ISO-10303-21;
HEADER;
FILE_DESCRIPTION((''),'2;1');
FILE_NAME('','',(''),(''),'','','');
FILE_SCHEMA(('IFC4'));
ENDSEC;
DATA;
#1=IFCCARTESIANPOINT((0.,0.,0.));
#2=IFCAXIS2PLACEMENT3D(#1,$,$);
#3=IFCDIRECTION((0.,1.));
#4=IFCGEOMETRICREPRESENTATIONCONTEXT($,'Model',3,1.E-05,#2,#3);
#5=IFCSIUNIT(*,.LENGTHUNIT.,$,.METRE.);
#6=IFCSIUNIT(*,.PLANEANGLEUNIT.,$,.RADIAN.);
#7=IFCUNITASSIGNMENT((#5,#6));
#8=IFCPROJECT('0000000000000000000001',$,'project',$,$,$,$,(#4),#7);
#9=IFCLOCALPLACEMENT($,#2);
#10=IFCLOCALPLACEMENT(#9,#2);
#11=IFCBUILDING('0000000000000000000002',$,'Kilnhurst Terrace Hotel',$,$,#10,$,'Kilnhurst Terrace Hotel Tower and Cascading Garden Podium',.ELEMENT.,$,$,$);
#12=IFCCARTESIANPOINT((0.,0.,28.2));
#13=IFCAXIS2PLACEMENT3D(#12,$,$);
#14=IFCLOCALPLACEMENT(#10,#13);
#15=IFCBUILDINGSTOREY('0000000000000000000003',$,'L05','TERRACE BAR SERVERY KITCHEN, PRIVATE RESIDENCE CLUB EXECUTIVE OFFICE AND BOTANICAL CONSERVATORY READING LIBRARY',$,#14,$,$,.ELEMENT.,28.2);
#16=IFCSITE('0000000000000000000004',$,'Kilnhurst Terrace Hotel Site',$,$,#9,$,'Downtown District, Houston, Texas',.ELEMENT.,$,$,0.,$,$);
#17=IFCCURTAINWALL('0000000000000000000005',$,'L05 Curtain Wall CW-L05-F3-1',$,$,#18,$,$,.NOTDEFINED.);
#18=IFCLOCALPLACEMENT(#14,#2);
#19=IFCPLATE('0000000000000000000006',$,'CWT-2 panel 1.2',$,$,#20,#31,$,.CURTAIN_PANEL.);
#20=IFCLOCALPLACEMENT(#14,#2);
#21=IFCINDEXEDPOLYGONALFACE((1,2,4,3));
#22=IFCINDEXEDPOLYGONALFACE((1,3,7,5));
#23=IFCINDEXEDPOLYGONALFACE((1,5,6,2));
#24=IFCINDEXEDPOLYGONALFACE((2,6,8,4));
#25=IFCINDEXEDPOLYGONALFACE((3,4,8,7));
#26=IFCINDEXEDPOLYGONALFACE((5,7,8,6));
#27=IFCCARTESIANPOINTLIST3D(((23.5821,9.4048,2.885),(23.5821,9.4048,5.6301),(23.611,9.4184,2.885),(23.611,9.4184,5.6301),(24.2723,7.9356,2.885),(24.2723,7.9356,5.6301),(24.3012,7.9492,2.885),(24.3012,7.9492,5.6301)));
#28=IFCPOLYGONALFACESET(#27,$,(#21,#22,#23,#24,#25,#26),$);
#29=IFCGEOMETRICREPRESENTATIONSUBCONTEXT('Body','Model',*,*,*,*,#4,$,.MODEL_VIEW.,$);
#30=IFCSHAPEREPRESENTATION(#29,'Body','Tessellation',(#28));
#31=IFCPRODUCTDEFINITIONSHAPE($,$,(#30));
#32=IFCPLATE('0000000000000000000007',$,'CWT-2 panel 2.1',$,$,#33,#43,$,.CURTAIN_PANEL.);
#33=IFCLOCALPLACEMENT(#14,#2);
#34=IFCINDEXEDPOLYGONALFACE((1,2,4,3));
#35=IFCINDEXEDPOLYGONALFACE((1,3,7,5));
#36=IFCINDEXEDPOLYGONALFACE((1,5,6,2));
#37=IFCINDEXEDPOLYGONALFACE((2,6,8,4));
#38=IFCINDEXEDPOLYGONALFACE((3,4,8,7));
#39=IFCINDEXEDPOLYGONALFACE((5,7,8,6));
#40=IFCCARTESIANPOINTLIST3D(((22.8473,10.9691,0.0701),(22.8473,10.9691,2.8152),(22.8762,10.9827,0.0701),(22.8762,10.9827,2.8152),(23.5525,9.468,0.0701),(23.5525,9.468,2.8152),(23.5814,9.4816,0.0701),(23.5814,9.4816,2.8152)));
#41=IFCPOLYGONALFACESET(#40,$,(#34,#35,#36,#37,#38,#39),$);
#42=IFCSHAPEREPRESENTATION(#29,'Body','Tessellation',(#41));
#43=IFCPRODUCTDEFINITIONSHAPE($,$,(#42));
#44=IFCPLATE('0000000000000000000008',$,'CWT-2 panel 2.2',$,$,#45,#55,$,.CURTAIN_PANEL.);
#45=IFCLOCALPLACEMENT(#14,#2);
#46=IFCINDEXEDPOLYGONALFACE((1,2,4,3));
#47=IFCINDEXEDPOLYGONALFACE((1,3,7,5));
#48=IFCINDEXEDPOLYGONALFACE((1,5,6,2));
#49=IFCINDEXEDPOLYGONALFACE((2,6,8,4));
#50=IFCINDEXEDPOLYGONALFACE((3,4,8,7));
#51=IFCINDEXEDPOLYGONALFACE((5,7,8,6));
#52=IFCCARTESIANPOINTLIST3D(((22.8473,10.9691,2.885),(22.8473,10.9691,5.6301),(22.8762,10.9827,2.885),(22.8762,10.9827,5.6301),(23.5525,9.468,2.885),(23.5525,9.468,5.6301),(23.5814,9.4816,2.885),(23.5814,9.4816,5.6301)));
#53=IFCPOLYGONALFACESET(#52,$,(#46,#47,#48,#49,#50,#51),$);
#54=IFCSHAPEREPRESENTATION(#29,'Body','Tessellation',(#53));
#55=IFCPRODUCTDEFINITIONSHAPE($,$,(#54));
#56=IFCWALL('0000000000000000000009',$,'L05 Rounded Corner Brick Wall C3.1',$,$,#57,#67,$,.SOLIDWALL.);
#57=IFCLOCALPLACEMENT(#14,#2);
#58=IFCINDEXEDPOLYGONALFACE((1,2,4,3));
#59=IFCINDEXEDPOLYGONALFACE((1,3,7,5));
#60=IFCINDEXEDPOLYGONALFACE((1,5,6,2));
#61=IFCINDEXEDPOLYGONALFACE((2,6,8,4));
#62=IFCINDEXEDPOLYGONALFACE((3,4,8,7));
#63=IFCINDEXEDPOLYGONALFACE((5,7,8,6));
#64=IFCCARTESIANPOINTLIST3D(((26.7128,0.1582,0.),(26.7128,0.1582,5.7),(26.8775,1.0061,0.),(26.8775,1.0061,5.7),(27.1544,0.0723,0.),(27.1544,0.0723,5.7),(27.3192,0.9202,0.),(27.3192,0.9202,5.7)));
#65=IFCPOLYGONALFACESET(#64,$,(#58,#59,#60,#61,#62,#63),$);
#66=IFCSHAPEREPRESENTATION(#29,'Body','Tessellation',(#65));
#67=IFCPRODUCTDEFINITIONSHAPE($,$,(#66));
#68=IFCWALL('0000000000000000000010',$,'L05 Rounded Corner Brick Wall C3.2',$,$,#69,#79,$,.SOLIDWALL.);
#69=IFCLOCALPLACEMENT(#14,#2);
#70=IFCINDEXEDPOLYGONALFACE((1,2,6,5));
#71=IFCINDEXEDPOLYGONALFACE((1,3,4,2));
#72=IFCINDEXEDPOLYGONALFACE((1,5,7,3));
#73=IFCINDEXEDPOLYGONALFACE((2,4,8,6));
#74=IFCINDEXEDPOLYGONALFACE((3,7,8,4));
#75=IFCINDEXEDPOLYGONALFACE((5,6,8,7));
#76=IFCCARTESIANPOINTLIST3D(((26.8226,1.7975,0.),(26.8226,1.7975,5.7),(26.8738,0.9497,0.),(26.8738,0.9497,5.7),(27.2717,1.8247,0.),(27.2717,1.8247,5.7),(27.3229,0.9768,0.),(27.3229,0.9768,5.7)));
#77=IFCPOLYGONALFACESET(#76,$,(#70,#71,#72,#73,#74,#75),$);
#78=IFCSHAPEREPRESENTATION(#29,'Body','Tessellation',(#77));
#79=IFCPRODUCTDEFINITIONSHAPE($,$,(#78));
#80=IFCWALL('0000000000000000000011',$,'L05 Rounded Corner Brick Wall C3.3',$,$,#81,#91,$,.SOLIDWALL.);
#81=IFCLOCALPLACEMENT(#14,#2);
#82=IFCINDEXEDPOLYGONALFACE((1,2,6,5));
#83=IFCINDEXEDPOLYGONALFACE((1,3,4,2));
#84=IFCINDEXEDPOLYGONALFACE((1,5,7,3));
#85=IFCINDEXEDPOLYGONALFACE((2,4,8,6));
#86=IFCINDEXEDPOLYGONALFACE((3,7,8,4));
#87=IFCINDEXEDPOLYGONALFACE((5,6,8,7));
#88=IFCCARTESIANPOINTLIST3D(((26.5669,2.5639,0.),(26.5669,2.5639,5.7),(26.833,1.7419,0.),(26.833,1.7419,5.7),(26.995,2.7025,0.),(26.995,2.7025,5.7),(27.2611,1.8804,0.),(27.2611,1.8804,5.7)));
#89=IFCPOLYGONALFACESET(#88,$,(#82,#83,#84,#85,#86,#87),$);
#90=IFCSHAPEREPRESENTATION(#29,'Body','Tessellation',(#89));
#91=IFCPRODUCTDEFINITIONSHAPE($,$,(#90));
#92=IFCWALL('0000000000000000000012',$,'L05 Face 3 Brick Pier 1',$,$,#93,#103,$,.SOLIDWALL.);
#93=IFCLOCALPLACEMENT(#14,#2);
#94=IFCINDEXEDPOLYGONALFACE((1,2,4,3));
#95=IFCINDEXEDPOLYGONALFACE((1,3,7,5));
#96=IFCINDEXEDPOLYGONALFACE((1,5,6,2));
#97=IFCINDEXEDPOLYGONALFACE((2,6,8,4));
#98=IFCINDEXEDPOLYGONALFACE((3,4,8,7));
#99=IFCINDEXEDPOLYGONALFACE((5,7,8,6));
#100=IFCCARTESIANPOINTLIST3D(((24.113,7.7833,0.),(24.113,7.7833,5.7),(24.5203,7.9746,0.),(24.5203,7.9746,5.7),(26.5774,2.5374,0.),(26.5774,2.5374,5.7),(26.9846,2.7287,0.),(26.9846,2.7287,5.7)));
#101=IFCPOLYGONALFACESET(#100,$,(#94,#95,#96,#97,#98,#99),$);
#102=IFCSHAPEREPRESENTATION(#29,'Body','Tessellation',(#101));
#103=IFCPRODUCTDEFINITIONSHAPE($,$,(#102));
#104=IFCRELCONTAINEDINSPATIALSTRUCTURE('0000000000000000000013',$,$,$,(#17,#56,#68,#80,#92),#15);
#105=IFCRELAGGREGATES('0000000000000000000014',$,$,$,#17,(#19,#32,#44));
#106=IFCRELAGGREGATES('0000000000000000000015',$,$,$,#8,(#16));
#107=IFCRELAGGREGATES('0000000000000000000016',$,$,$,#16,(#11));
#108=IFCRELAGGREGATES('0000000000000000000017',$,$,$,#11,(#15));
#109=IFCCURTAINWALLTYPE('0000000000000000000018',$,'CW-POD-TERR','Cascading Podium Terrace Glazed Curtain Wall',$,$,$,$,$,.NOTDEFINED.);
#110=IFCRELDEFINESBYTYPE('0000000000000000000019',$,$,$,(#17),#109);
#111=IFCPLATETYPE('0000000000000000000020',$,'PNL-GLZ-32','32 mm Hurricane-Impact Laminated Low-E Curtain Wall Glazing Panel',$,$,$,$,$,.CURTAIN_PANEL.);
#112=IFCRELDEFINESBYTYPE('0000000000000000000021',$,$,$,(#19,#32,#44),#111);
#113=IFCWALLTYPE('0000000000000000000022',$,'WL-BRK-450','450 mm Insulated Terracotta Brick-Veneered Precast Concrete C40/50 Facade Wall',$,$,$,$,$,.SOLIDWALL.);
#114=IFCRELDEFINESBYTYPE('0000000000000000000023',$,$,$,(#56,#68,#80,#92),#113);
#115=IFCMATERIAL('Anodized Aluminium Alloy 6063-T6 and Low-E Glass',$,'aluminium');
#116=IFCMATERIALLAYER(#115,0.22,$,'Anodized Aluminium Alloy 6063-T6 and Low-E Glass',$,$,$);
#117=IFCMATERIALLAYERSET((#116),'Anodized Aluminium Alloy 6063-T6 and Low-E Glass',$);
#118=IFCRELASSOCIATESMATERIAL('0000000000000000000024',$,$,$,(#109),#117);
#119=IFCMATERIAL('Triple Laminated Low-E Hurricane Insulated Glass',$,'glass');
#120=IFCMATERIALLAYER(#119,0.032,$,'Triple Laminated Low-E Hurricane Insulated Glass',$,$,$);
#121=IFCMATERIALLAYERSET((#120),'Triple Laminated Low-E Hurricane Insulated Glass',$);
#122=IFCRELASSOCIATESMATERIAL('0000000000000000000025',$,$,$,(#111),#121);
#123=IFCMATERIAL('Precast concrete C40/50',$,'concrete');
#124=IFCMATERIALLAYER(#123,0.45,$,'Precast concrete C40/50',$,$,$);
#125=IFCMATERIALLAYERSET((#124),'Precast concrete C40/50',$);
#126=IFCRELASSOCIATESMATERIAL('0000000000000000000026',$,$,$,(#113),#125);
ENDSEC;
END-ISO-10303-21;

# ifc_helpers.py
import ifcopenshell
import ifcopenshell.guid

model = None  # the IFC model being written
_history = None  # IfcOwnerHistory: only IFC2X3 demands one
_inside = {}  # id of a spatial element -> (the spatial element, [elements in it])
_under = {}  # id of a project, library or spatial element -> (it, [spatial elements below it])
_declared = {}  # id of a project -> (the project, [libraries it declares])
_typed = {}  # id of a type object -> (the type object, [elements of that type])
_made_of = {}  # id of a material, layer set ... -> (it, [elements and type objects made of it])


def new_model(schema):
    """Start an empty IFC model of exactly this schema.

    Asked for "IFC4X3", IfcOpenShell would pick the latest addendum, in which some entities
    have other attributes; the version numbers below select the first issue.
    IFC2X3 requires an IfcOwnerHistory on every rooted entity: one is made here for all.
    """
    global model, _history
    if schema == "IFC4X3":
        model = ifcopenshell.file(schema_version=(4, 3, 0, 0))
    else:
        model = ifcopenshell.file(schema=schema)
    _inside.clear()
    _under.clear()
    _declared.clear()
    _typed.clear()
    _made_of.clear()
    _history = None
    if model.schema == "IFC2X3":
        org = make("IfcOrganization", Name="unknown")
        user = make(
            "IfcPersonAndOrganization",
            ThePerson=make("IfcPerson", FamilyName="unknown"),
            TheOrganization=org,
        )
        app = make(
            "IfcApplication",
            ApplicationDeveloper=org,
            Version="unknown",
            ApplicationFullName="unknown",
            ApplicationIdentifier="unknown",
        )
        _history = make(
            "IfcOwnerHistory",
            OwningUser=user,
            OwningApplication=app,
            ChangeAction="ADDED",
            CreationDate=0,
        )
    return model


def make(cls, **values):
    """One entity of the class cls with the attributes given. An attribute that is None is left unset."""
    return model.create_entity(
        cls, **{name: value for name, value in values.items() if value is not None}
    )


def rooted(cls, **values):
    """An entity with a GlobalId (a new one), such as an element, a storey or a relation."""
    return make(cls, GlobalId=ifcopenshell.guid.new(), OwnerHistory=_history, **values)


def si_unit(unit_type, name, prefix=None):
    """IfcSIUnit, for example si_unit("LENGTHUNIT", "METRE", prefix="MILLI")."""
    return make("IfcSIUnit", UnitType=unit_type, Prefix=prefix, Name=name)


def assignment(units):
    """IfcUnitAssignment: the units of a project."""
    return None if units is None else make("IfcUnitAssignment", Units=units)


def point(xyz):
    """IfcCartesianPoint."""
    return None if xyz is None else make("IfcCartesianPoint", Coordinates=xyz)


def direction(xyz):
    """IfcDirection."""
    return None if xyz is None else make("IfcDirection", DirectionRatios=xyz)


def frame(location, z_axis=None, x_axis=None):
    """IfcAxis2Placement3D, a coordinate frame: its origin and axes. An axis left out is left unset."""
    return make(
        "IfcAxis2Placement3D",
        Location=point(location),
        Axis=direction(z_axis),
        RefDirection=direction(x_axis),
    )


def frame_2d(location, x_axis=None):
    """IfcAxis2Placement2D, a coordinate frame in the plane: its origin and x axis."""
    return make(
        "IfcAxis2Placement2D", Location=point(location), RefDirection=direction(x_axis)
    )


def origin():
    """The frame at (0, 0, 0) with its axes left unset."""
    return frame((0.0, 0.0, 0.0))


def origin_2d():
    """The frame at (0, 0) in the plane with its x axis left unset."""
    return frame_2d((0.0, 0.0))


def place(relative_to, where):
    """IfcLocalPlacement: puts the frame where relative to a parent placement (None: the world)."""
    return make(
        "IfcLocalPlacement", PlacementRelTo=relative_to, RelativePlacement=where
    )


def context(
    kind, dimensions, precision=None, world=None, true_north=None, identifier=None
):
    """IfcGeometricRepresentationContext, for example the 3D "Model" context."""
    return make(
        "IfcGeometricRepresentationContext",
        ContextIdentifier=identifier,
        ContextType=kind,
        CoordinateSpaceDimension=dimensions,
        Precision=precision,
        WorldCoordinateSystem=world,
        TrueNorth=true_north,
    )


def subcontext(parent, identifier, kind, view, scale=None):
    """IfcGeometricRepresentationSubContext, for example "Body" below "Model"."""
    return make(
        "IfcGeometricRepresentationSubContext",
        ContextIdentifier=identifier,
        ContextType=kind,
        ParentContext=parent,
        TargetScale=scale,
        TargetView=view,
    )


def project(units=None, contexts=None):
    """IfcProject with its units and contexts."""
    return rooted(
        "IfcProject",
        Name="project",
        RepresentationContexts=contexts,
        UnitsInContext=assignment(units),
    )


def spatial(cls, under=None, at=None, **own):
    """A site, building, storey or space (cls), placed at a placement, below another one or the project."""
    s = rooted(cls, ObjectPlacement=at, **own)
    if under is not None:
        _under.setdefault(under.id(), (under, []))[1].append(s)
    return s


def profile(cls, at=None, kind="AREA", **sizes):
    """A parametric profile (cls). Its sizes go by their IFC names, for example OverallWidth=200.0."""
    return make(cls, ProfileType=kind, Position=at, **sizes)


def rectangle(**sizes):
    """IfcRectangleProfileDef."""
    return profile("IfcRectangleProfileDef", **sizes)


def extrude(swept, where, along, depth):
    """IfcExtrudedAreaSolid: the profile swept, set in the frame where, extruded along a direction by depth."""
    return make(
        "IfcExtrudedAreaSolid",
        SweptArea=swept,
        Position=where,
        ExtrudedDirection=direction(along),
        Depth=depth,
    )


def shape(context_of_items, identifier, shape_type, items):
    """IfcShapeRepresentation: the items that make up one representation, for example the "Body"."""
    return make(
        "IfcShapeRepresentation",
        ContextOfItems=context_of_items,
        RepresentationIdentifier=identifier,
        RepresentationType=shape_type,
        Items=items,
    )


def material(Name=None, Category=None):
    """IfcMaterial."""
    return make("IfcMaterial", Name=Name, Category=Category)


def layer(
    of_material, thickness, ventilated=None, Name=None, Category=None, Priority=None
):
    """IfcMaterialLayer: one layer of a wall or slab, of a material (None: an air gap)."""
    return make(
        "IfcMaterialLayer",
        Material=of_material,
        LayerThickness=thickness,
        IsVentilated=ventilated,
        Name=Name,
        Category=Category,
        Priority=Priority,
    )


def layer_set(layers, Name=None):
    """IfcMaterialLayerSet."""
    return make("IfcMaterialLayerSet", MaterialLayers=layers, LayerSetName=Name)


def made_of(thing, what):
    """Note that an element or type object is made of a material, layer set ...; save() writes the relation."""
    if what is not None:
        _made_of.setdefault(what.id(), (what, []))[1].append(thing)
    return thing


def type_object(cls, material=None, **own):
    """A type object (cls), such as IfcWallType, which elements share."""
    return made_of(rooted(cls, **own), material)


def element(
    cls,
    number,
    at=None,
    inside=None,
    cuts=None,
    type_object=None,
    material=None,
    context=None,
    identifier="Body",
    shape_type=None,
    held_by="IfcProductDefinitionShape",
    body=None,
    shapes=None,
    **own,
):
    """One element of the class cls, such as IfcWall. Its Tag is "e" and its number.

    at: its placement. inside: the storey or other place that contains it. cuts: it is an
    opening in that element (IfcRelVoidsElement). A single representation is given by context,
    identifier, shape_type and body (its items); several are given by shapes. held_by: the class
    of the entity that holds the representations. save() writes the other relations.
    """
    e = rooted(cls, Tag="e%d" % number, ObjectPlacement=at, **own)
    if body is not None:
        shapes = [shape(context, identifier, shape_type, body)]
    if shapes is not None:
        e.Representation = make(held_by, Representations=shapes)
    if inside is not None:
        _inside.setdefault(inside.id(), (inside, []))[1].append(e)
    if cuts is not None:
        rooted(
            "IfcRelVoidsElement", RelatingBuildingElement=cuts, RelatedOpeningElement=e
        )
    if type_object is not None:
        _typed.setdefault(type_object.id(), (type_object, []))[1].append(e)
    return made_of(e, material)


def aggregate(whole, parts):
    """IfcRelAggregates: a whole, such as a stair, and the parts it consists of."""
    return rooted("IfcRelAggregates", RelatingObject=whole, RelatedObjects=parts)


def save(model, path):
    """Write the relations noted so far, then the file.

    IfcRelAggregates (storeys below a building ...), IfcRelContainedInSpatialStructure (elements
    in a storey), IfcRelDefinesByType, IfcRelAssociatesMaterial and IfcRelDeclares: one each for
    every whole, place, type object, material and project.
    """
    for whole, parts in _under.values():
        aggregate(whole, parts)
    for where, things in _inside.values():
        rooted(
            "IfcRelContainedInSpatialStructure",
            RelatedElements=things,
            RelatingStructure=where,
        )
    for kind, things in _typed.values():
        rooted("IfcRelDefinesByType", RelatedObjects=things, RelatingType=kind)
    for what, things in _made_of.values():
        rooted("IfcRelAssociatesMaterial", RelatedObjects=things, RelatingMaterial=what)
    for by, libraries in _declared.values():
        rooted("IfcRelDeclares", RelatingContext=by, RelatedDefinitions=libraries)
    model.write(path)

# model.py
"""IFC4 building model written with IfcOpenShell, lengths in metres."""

from ifc_helpers import new_model, si_unit, direction, frame, frame_2d, origin, origin_2d, place, context, subcontext, project, spatial, rectangle, extrude, material, layer, layer_set, type_object, element, aggregate, save


model = new_model("IFC4")

# Units and contexts
model_context = context("Model", 3, precision=1e-05, world=origin(), true_north=direction((0.0, 1.0)))
body_context = subcontext(model_context, "Body", "Model", "MODEL_VIEW")
ifc_project = project(units=[si_unit("LENGTHUNIT", "METRE"), si_unit("PLANEANGLEUNIT", "RADIAN")], contexts=[model_context])

# Site, building, storey
site_placement = place(None, origin())
site = spatial("IfcSite", under=ifc_project, at=site_placement, Name="Kilnhurst Terrace Hotel Site", LongName="Downtown District, Houston, Texas", CompositionType="ELEMENT", RefElevation=0.0)
building_placement = place(site_placement, origin())
building = spatial("IfcBuilding", under=site, at=building_placement, Name="Kilnhurst Terrace Hotel", LongName="Kilnhurst Terrace Hotel Tower and Cascading Garden Podium", CompositionType="ELEMENT")
storey_placement = place(building_placement, frame((0.0, 0.0, 28.2)))
storey = spatial("IfcBuildingStorey", under=building, at=storey_placement, Name="L05", Description="TERRACE BAR SERVERY KITCHEN, PRIVATE RESIDENCE CLUB EXECUTIVE OFFICE AND BOTANICAL CONSERVATORY READING LIBRARY", CompositionType="ELEMENT", Elevation=28.2)

# Curtain wall, plates
ifc_material_1 = material(Name="Anodized Aluminium Alloy 6063-T6 and Low-E Glass", Category="aluminium")
ifc_layer_1 = layer(ifc_material_1, 0.22, Name="Anodized Aluminium Alloy 6063-T6 and Low-E Glass")
ifc_layer_set_1 = layer_set([ifc_layer_1], Name="Anodized Aluminium Alloy 6063-T6 and Low-E Glass")
curtain_wall_type = type_object("IfcCurtainWallType", Name="CW-POD-TERR", Description="Cascading Podium Terrace Glazed Curtain Wall", PredefinedType="NOTDEFINED", material=ifc_layer_set_1)
curtain_wall_placement = place(storey_placement, origin())
curtain_wall = element("IfcCurtainWall", 1, at=curtain_wall_placement, inside=storey, type_object=curtain_wall_type, Name="L05 Curtain Wall CW-L05-F3-1", PredefinedType="NOTDEFINED")
ifc_material_2 = material(Name="Triple Laminated Low-E Hurricane Insulated Glass", Category="glass")
ifc_layer_2 = layer(ifc_material_2, 0.032, Name="Triple Laminated Low-E Hurricane Insulated Glass")
ifc_layer_set_2 = layer_set([ifc_layer_2], Name="Triple Laminated Low-E Hurricane Insulated Glass")
plate_type = type_object("IfcPlateType", Name="PNL-GLZ-32", Description="32 mm Hurricane-Impact Laminated Low-E Curtain Wall Glazing Panel", PredefinedType="CURTAIN_PANEL", material=ifc_layer_set_2)
plate_1_placement = place(storey_placement, frame((23.9417, 8.677, 2.885), z_axis=(0.0, 0.0, 1.0), x_axis=(-0.425202, 0.905099, 0.0)))
plate_1 = element("IfcPlate", 2, at=plate_1_placement, type_object=plate_type, Name="CWT-2 panel 1.2", PredefinedType="CURTAIN_PANEL", context=body_context, shape_type="SweptSolid", body=[
    extrude(rectangle(XDim=1.6233, YDim=0.032, at=origin_2d()), origin(), (0.0, 0.0, 1.0), 2.7451),
])
plate_2_placement = place(storey_placement, frame((23.2144, 10.2253, 0.0701), z_axis=(0.0, 0.0, 1.0), x_axis=(-0.425202, 0.905099, 0.0)))
plate_2 = element("IfcPlate", 3, at=plate_2_placement, type_object=plate_type, Name="CWT-2 panel 2.1", PredefinedType="CURTAIN_PANEL", context=body_context, shape_type="SweptSolid", body=[
    extrude(rectangle(XDim=1.6584, YDim=0.032, at=origin_2d()), origin(), (0.0, 0.0, 1.0), 2.7451),
])
plate_3_placement = place(storey_placement, frame((23.2144, 10.2253, 2.885), z_axis=(0.0, 0.0, 1.0), x_axis=(-0.425202, 0.905099, 0.0)))
plate_3 = element("IfcPlate", 4, at=plate_3_placement, type_object=plate_type, Name="CWT-2 panel 2.2", PredefinedType="CURTAIN_PANEL", context=body_context, shape_type="SweptSolid", body=[
    extrude(rectangle(XDim=1.6584, YDim=0.032, at=origin_2d()), origin(), (0.0, 0.0, 1.0), 2.7451),
])
aggregate(curtain_wall, [plate_1, plate_2, plate_3])

# Walls
ifc_material_3 = material(Name="Precast concrete C40/50", Category="concrete")
ifc_layer_3 = layer(ifc_material_3, 0.45, Name="Precast concrete C40/50")
ifc_layer_set_3 = layer_set([ifc_layer_3], Name="Precast concrete C40/50")
wall_type = type_object("IfcWallType", Name="WL-BRK-450", Description="450 mm Insulated Terracotta Brick-Veneered Precast Concrete C40/50 Facade Wall", PredefinedType="SOLIDWALL", material=ifc_layer_set_3)
wall_1_placement = place(storey_placement, frame((26.9336, 0.1152, 0.0), z_axis=(0.0, 0.0, 1.0), x_axis=(0.190786, 0.981632, 0.0)))
element("IfcWall", 5, at=wall_1_placement, inside=storey, type_object=wall_type, Name="L05 Rounded Corner Brick Wall C3.1", PredefinedType="SOLIDWALL", context=body_context, shape_type="SweptSolid", body=[
    extrude(rectangle(XDim=0.8638, YDim=0.45, at=frame_2d((0.4319, 0.0))), origin(), (0.0, 0.0, 1.0), 5.7),
])
wall_2_placement = place(storey_placement, frame((27.0984, 0.9631, 0.0), z_axis=(0.0, 0.0, 1.0), x_axis=(-0.060356, 0.998177, 0.0)))
element("IfcWall", 6, at=wall_2_placement, inside=storey, type_object=wall_type, Name="L05 Rounded Corner Brick Wall C3.2", PredefinedType="SOLIDWALL", context=body_context, shape_type="SweptSolid", body=[
    extrude(rectangle(XDim=0.8494, YDim=0.45, at=frame_2d((0.4248, 0.0))), origin(), (0.0, 0.0, 1.0), 5.7),
])
wall_3_placement = place(storey_placement, frame((27.0471, 1.811, 0.0), z_axis=(0.0, 0.0, 1.0), x_axis=(-0.307993, 0.951389, 0.0)))
element("IfcWall", 7, at=wall_3_placement, inside=storey, type_object=wall_type, Name="L05 Rounded Corner Brick Wall C3.3", PredefinedType="SOLIDWALL", context=body_context, shape_type="SweptSolid", body=[
    extrude(rectangle(XDim=0.864, YDim=0.45, at=frame_2d((0.4321, 0.0))), origin(), (0.0, 0.0, 1.0), 5.7),
])
wall_4_placement = place(storey_placement, frame((26.781, 2.6331, 0.0), z_axis=(0.0, 0.0, 1.0), x_axis=(-0.425192, 0.905103, 0.0)))
element("IfcWall", 8, at=wall_4_placement, inside=storey, type_object=wall_type, Name="L05 Face 3 Brick Pier 1", PredefinedType="SOLIDWALL", context=body_context, shape_type="SweptSolid", body=[
    extrude(rectangle(XDim=5.7959, YDim=0.45, at=frame_2d((2.8979, 0.0))), origin(), (0.0, 0.0, 1.0), 5.7),
])

save(model, "model.ifc")
